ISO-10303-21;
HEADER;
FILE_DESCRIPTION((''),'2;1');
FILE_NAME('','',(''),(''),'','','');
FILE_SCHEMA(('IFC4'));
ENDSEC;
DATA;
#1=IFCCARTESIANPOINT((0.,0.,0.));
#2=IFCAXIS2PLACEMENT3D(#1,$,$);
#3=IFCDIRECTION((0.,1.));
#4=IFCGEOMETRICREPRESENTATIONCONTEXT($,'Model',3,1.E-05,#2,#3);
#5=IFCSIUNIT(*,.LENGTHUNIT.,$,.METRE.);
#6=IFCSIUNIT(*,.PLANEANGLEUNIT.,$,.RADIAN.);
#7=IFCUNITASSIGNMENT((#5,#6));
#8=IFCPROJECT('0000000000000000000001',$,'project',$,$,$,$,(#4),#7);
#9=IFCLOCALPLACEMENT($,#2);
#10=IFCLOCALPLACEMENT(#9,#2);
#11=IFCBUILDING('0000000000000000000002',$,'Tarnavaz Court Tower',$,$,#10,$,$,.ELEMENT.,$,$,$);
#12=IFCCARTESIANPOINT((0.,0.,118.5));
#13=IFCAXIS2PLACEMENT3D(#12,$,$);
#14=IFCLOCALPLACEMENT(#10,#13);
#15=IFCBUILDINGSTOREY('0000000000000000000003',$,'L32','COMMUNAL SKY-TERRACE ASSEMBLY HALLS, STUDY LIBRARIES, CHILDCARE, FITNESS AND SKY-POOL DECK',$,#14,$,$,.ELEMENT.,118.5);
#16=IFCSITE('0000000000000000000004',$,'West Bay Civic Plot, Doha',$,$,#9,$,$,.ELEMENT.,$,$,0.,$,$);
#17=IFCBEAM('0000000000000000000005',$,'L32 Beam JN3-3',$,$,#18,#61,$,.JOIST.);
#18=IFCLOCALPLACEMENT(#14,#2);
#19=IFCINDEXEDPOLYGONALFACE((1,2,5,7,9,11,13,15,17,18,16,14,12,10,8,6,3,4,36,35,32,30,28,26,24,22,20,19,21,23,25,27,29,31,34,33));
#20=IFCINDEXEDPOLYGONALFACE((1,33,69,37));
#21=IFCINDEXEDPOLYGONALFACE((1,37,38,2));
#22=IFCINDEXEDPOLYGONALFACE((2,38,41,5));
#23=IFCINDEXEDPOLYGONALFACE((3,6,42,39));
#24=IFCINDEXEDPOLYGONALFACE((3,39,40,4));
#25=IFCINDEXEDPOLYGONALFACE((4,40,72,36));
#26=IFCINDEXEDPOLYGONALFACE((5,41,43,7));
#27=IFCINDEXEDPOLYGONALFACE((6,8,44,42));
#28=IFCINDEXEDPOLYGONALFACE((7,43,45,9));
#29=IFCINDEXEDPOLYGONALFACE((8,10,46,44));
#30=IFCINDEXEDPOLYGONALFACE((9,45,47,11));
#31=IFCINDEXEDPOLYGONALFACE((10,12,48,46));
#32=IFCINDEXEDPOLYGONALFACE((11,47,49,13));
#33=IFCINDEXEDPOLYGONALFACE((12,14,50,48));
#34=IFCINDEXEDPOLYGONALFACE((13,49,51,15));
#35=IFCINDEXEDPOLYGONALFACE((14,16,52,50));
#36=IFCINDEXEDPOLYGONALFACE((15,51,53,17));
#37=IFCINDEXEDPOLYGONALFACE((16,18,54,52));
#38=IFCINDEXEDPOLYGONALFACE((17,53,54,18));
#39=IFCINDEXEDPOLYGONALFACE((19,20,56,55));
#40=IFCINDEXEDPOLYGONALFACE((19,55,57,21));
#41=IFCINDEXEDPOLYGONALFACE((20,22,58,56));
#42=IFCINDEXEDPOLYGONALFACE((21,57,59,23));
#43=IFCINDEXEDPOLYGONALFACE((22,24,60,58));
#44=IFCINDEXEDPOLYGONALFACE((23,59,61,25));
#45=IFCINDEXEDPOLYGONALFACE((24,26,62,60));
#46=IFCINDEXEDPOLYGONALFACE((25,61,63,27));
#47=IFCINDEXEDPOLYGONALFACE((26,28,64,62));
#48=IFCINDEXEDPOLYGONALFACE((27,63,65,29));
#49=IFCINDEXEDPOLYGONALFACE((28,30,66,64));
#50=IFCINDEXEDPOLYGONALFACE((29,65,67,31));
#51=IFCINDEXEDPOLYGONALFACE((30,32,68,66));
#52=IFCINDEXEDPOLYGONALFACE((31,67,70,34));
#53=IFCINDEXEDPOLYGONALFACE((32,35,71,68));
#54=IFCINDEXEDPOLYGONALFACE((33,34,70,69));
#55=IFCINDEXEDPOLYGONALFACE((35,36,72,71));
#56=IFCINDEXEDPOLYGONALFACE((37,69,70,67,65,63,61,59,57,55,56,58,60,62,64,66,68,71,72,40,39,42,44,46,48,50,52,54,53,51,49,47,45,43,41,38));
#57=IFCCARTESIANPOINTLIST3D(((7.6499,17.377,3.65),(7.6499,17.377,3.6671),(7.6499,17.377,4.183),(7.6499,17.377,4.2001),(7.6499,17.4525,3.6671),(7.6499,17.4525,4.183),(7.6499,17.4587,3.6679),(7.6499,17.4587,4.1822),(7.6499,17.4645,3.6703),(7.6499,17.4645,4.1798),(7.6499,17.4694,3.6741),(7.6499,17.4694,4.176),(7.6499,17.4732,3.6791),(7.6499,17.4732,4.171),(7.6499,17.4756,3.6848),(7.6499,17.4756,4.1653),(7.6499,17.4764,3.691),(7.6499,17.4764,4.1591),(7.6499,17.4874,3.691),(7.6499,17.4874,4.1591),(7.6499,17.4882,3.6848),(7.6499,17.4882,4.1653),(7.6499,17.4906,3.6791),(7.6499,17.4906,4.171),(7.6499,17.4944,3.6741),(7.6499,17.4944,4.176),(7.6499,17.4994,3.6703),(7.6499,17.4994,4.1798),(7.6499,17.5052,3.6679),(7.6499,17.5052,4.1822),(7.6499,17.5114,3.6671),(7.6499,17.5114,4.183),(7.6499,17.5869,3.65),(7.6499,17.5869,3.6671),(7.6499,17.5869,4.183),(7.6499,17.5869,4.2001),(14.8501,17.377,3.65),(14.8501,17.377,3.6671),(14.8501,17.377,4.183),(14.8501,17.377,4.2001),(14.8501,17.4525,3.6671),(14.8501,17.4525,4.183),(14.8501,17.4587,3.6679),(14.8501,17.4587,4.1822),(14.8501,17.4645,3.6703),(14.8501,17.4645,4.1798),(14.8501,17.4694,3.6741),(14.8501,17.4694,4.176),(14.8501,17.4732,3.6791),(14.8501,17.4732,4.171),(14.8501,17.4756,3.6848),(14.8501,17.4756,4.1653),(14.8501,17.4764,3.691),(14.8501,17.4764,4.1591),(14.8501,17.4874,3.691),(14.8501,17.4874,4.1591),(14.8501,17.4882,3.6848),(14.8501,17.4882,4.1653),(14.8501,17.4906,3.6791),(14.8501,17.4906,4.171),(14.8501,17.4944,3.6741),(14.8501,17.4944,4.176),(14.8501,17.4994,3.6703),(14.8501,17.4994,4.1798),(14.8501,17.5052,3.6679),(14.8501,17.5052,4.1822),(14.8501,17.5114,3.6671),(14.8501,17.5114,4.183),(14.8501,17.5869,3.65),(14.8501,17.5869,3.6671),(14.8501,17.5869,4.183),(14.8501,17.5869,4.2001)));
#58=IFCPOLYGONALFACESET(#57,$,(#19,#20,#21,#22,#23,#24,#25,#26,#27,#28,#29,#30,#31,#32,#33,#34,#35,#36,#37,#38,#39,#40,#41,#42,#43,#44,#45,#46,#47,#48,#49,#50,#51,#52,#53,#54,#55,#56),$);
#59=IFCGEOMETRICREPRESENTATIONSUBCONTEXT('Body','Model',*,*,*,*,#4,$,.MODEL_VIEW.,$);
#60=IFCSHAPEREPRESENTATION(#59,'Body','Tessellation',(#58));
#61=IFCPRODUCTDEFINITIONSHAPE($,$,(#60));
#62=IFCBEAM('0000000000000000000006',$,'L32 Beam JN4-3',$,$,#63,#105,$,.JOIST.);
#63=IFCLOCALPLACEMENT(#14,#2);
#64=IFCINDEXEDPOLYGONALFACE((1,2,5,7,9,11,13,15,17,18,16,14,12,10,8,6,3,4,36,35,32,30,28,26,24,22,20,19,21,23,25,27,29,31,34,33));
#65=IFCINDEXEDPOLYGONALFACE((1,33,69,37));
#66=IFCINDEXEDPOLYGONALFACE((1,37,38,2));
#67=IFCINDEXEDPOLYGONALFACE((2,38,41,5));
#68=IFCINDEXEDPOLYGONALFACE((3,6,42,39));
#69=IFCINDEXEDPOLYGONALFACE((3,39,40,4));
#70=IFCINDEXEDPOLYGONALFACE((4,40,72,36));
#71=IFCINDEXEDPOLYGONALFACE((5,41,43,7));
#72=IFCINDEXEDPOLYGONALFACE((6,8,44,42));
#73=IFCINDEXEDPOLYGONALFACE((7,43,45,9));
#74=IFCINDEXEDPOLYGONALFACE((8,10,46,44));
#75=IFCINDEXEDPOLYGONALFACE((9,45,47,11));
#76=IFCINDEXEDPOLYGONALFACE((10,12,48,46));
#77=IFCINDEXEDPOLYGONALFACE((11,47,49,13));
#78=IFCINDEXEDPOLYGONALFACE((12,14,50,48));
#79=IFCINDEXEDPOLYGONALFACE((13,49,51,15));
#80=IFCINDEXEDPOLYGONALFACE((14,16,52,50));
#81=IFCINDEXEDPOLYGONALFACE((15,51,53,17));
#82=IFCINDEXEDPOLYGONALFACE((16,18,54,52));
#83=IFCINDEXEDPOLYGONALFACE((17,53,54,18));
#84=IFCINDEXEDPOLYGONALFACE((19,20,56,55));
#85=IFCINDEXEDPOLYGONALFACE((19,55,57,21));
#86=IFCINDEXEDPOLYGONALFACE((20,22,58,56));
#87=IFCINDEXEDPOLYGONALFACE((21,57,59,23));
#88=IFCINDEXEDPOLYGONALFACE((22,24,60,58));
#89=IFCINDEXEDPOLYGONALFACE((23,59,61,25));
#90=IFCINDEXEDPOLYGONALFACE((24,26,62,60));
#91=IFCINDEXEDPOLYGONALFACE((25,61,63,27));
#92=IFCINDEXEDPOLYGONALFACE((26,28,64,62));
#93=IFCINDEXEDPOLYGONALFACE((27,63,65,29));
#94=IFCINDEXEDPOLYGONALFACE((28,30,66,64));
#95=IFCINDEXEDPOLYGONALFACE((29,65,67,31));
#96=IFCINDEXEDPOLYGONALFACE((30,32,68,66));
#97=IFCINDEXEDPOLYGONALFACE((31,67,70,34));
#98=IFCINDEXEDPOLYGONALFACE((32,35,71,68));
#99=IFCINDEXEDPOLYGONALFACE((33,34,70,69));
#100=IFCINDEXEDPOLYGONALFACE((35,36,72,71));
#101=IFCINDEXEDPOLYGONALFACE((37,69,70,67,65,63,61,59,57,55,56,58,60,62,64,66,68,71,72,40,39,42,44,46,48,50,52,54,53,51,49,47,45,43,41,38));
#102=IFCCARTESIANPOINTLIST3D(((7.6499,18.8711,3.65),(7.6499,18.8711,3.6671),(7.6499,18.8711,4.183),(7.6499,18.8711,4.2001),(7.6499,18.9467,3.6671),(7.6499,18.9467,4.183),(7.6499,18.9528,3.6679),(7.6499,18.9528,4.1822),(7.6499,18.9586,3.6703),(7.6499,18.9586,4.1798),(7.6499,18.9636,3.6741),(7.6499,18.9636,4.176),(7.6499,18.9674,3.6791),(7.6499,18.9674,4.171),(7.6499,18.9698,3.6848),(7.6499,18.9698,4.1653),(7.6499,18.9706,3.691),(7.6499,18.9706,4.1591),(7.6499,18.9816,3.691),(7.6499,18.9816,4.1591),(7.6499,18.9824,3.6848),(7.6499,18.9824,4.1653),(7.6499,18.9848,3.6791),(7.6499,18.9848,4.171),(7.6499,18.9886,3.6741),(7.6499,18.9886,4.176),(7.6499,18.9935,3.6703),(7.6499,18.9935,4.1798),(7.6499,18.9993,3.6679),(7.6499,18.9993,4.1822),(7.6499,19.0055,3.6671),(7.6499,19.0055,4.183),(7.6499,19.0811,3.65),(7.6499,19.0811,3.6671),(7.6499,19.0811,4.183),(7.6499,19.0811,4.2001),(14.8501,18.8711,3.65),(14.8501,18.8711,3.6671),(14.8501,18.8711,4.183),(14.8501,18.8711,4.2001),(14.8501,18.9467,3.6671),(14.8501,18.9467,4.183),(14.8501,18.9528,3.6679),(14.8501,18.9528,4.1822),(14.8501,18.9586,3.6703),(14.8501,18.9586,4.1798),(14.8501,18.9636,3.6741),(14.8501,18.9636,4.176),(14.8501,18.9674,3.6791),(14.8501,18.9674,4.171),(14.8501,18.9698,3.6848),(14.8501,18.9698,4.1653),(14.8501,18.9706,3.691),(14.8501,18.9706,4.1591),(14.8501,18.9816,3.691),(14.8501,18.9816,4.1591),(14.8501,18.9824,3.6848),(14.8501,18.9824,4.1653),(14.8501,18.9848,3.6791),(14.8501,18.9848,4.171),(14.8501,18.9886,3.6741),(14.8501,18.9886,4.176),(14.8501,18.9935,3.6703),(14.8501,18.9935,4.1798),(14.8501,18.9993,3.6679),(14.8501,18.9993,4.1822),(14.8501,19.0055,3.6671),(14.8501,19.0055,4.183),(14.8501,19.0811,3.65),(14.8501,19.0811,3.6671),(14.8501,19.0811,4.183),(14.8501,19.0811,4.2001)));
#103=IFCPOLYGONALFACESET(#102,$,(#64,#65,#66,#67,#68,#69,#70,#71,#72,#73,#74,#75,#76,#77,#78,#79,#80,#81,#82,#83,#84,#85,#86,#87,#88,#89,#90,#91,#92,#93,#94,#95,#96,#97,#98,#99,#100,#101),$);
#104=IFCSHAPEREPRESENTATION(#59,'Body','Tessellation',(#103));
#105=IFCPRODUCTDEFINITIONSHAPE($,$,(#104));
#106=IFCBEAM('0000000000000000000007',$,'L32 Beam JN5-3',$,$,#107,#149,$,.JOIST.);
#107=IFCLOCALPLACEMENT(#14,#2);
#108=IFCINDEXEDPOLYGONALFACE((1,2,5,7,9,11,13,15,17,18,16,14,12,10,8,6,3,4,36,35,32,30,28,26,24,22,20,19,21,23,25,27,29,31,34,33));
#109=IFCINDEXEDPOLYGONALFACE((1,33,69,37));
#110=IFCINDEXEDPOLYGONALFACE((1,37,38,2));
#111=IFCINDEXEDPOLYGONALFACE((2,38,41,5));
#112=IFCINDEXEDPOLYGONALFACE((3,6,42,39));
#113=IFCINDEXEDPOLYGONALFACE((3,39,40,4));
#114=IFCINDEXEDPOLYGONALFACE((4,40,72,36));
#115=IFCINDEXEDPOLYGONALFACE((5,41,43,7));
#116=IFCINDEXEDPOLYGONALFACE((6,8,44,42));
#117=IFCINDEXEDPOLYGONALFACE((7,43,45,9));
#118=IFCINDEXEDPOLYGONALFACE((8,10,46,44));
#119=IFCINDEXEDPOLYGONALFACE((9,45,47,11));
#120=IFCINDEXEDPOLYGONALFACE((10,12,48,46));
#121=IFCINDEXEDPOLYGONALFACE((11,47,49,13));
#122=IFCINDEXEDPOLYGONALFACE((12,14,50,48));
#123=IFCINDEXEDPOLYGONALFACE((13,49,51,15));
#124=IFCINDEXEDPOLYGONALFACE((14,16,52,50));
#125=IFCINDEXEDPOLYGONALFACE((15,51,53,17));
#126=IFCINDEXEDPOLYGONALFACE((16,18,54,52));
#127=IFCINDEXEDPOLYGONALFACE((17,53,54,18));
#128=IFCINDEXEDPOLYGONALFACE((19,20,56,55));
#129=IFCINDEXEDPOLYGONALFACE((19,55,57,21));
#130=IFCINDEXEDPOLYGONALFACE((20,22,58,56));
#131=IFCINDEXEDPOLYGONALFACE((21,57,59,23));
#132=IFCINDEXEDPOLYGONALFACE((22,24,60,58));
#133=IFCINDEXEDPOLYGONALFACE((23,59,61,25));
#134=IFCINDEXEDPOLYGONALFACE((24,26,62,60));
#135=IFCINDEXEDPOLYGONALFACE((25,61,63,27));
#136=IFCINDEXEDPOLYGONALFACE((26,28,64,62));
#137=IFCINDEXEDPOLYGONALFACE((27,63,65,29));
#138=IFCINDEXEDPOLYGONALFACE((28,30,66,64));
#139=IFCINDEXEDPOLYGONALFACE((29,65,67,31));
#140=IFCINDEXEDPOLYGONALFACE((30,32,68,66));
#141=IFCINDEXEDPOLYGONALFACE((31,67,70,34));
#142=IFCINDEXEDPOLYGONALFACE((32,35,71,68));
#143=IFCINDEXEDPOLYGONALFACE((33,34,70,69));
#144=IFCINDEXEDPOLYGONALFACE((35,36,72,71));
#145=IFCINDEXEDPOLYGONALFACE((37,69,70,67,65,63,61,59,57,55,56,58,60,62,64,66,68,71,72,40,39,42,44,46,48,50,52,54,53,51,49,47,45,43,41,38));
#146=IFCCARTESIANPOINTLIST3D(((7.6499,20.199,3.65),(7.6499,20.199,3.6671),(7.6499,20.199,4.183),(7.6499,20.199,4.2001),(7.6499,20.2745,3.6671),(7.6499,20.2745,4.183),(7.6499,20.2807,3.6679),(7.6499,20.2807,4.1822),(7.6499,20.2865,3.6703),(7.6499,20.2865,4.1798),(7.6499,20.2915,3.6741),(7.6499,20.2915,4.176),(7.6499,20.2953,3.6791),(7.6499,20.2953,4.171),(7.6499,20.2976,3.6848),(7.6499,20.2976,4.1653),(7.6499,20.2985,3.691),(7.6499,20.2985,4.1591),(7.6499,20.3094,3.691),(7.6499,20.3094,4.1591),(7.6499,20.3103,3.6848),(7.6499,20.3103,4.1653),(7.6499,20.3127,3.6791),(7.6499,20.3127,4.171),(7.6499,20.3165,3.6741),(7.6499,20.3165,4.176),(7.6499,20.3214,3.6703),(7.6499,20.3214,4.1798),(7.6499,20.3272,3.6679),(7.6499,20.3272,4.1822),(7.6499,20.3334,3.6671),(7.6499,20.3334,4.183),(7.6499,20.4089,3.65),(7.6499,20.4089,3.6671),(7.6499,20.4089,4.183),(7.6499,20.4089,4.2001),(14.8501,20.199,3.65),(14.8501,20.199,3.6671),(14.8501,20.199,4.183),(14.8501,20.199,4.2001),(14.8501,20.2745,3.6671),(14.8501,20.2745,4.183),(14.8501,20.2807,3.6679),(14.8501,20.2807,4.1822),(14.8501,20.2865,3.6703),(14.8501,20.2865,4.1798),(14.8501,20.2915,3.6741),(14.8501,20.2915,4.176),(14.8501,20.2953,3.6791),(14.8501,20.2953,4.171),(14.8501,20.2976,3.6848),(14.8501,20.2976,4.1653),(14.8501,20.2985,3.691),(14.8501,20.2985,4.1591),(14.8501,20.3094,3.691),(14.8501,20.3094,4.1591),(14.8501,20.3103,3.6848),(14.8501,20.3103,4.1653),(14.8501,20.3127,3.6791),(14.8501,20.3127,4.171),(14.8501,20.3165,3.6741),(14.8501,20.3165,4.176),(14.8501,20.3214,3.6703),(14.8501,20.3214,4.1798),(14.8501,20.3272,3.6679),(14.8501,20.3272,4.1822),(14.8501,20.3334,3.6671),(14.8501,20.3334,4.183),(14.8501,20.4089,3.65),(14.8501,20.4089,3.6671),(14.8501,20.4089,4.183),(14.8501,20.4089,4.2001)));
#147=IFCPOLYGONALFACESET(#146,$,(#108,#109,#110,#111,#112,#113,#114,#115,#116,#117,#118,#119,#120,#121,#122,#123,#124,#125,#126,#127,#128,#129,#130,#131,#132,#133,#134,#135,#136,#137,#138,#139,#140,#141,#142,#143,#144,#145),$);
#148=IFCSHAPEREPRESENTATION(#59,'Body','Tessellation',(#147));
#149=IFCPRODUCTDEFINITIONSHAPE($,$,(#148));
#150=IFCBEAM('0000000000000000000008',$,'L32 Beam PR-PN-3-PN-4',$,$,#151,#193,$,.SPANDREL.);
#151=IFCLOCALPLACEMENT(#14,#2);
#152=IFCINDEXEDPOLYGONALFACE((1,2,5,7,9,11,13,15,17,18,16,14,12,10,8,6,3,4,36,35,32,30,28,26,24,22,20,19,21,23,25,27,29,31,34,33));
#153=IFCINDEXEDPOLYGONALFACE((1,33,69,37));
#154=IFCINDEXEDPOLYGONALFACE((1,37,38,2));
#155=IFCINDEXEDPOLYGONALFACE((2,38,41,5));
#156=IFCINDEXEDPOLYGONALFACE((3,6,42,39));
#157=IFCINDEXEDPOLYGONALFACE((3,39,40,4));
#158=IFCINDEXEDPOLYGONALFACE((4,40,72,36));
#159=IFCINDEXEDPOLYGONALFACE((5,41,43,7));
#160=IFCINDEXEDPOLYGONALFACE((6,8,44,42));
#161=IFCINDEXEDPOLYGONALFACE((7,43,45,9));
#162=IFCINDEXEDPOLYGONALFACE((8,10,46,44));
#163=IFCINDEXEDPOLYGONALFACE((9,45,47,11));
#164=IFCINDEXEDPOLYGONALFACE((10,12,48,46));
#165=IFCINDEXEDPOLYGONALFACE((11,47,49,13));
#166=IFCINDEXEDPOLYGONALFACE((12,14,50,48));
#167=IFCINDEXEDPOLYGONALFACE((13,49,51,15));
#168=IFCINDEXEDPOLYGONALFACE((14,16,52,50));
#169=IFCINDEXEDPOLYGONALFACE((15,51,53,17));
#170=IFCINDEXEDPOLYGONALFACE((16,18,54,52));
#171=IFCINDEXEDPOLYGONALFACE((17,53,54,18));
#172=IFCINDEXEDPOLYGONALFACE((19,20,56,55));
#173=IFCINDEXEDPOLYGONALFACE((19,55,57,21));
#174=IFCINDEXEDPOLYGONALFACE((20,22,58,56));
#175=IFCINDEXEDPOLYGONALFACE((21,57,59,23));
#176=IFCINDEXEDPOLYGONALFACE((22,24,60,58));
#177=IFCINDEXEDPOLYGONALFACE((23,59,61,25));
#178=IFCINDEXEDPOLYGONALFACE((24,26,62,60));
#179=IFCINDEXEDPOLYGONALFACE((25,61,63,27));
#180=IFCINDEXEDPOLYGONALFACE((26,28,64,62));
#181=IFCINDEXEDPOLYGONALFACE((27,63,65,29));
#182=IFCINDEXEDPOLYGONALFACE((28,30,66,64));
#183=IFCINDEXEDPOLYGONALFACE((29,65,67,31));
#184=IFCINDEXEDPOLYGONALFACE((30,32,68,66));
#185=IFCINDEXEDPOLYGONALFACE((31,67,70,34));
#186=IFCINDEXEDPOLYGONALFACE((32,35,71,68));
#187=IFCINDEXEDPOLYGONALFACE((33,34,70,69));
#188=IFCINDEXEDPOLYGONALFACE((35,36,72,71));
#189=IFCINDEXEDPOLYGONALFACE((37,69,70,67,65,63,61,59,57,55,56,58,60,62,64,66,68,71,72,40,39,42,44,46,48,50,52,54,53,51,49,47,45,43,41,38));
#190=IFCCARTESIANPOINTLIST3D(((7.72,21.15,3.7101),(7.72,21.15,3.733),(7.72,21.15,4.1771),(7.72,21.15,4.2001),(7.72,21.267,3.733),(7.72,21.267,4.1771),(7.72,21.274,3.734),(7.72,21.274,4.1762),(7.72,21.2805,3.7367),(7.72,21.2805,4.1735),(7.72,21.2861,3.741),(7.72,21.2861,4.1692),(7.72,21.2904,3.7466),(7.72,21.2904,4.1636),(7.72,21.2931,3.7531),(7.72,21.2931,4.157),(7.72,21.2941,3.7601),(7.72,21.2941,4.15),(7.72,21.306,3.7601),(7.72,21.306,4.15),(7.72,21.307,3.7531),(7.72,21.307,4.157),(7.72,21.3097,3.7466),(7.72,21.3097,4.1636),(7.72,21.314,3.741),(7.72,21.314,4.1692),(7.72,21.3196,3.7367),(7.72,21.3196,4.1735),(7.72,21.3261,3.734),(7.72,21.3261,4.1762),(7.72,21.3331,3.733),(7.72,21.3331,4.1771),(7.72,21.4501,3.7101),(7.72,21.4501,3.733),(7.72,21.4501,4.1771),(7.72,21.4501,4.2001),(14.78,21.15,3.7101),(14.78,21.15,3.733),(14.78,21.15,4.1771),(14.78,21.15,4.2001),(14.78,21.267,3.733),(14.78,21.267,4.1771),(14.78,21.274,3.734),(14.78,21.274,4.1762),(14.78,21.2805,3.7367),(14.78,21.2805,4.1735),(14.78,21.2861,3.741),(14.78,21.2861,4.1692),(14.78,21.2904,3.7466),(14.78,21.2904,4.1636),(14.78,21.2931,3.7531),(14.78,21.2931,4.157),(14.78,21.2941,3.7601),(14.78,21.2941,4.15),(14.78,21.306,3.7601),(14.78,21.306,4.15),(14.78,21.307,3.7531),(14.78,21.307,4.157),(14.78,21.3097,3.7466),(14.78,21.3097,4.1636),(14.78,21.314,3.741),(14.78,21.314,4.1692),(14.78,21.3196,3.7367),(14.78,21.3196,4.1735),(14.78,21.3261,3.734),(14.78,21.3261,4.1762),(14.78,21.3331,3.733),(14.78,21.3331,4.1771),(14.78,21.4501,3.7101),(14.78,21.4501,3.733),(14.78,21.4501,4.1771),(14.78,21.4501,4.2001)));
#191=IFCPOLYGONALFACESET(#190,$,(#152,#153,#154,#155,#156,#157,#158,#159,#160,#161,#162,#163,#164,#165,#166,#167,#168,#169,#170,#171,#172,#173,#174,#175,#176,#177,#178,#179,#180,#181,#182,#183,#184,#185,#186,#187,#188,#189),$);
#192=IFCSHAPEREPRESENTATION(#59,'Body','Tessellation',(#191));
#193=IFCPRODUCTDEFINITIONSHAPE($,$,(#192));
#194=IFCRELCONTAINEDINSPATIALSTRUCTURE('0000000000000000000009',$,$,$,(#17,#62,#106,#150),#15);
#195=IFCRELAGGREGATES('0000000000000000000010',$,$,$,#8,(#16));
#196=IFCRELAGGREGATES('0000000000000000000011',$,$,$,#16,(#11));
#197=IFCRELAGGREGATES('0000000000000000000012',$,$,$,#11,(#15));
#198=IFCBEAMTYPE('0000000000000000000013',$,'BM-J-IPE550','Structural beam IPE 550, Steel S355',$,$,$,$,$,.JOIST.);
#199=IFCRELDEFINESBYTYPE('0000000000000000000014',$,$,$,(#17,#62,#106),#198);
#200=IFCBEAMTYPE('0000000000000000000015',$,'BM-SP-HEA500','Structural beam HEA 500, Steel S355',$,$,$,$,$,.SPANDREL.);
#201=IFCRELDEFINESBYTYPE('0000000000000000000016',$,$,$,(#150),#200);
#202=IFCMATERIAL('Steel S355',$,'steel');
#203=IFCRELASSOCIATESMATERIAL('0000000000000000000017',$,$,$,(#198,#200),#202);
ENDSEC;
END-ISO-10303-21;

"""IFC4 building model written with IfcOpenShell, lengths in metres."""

from ifc_helpers import new_model, si_unit, direction, frame, origin, origin_2d, place, context, subcontext, project, spatial, i_section, extrude, material, material_profile, profile_set, type_object, element, save


model = new_model("IFC4")

# Units and contexts
model_context = context("Model", 3, precision=1e-05, world=origin(), true_north=direction((0.0, 1.0)))
body_context = subcontext(model_context, "Body", "Model", "MODEL_VIEW")
ifc_project = project(units=[si_unit("LENGTHUNIT", "METRE"), si_unit("PLANEANGLEUNIT", "RADIAN")], contexts=[model_context])

# Site, building, storey
site_placement = place(None, origin())
site = spatial("IfcSite", under=ifc_project, at=site_placement, Name="West Bay Civic Plot, Doha", CompositionType="ELEMENT", RefElevation=0.0)
building_placement = place(site_placement, origin())
building = spatial("IfcBuilding", under=site, at=building_placement, Name="Tarnavaz Court Tower", CompositionType="ELEMENT")
storey_placement = place(building_placement, frame((0.0, 0.0, 118.5)))
storey = spatial("IfcBuildingStorey", under=building, at=storey_placement, Name="L32", Description="COMMUNAL SKY-TERRACE ASSEMBLY HALLS, STUDY LIBRARIES, CHILDCARE, FITNESS AND SKY-POOL DECK", CompositionType="ELEMENT", Elevation=118.5)

# Beams
ifc_material_1 = material(Name="Steel S355", Category="steel")
ifc_material_profile_1 = material_profile(ifc_material_1, i_section(OverallWidth=0.21, OverallDepth=0.55, WebThickness=0.011, FlangeThickness=0.0171, FilletRadius=0.0239, at=origin_2d()), Name="IPE 550")
ifc_profile_set_1 = profile_set([ifc_material_profile_1], Name="Steel S355")
beam_type_1 = type_object("IfcBeamType", Name="BM-J-IPE550", Description="Structural beam IPE 550, Steel S355", PredefinedType="JOIST", material=ifc_profile_set_1)
for number, where, z_axis, x_axis, name in (
    (1, (7.6499, 17.4819, 3.925), (1.0, 0.0, 0.0), (0.0, 1.0, 0.0), "L32 Beam JN3-3"),
    (2, (7.6499, 18.9761, 3.925), (1.0, 0.0, 0.0), (0.0, 1.0, 0.0), "L32 Beam JN4-3"),
    (3, (7.6499, 20.304, 3.925), (1.0, 0.0, 0.0), (0.0, 1.0, 0.0), "L32 Beam JN5-3"),
):
    element("IfcBeam", number, at=place(storey_placement, frame(where, z_axis=z_axis, x_axis=x_axis)), inside=storey, type_object=beam_type_1, Name=name, PredefinedType="JOIST", context=body_context, shape_type="SweptSolid", body=[
        extrude(i_section(OverallWidth=0.21, OverallDepth=0.55, WebThickness=0.011, FlangeThickness=0.0171, FilletRadius=0.0239, at=origin_2d()), origin(), (0.0, 0.0, 1.0), 7.2002),
    ])
ifc_material_profile_2 = material_profile(ifc_material_1, i_section(OverallWidth=0.3, OverallDepth=0.49, WebThickness=0.012, FlangeThickness=0.0229, FilletRadius=0.0271, at=origin_2d()), Name="HEA 500")
ifc_profile_set_2 = profile_set([ifc_material_profile_2], Name="Steel S355")
beam_type_2 = type_object("IfcBeamType", Name="BM-SP-HEA500", Description="Structural beam HEA 500, Steel S355", PredefinedType="SPANDREL", material=ifc_profile_set_2)
beam_placement = place(storey_placement, frame((7.72, 21.3, 3.9551), z_axis=(1.0, 0.0, 0.0), x_axis=(0.0, 1.0, 0.0)))
element("IfcBeam", 4, at=beam_placement, inside=storey, type_object=beam_type_2, Name="L32 Beam PR-PN-3-PN-4", PredefinedType="SPANDREL", context=body_context, shape_type="SweptSolid", body=[
    extrude(i_section(OverallWidth=0.3, OverallDepth=0.49, WebThickness=0.012, FlangeThickness=0.0229, FilletRadius=0.0271, at=origin_2d()), origin(), (0.0, 0.0, 1.0), 7.0601),
])

save(model, "model.ifc")
